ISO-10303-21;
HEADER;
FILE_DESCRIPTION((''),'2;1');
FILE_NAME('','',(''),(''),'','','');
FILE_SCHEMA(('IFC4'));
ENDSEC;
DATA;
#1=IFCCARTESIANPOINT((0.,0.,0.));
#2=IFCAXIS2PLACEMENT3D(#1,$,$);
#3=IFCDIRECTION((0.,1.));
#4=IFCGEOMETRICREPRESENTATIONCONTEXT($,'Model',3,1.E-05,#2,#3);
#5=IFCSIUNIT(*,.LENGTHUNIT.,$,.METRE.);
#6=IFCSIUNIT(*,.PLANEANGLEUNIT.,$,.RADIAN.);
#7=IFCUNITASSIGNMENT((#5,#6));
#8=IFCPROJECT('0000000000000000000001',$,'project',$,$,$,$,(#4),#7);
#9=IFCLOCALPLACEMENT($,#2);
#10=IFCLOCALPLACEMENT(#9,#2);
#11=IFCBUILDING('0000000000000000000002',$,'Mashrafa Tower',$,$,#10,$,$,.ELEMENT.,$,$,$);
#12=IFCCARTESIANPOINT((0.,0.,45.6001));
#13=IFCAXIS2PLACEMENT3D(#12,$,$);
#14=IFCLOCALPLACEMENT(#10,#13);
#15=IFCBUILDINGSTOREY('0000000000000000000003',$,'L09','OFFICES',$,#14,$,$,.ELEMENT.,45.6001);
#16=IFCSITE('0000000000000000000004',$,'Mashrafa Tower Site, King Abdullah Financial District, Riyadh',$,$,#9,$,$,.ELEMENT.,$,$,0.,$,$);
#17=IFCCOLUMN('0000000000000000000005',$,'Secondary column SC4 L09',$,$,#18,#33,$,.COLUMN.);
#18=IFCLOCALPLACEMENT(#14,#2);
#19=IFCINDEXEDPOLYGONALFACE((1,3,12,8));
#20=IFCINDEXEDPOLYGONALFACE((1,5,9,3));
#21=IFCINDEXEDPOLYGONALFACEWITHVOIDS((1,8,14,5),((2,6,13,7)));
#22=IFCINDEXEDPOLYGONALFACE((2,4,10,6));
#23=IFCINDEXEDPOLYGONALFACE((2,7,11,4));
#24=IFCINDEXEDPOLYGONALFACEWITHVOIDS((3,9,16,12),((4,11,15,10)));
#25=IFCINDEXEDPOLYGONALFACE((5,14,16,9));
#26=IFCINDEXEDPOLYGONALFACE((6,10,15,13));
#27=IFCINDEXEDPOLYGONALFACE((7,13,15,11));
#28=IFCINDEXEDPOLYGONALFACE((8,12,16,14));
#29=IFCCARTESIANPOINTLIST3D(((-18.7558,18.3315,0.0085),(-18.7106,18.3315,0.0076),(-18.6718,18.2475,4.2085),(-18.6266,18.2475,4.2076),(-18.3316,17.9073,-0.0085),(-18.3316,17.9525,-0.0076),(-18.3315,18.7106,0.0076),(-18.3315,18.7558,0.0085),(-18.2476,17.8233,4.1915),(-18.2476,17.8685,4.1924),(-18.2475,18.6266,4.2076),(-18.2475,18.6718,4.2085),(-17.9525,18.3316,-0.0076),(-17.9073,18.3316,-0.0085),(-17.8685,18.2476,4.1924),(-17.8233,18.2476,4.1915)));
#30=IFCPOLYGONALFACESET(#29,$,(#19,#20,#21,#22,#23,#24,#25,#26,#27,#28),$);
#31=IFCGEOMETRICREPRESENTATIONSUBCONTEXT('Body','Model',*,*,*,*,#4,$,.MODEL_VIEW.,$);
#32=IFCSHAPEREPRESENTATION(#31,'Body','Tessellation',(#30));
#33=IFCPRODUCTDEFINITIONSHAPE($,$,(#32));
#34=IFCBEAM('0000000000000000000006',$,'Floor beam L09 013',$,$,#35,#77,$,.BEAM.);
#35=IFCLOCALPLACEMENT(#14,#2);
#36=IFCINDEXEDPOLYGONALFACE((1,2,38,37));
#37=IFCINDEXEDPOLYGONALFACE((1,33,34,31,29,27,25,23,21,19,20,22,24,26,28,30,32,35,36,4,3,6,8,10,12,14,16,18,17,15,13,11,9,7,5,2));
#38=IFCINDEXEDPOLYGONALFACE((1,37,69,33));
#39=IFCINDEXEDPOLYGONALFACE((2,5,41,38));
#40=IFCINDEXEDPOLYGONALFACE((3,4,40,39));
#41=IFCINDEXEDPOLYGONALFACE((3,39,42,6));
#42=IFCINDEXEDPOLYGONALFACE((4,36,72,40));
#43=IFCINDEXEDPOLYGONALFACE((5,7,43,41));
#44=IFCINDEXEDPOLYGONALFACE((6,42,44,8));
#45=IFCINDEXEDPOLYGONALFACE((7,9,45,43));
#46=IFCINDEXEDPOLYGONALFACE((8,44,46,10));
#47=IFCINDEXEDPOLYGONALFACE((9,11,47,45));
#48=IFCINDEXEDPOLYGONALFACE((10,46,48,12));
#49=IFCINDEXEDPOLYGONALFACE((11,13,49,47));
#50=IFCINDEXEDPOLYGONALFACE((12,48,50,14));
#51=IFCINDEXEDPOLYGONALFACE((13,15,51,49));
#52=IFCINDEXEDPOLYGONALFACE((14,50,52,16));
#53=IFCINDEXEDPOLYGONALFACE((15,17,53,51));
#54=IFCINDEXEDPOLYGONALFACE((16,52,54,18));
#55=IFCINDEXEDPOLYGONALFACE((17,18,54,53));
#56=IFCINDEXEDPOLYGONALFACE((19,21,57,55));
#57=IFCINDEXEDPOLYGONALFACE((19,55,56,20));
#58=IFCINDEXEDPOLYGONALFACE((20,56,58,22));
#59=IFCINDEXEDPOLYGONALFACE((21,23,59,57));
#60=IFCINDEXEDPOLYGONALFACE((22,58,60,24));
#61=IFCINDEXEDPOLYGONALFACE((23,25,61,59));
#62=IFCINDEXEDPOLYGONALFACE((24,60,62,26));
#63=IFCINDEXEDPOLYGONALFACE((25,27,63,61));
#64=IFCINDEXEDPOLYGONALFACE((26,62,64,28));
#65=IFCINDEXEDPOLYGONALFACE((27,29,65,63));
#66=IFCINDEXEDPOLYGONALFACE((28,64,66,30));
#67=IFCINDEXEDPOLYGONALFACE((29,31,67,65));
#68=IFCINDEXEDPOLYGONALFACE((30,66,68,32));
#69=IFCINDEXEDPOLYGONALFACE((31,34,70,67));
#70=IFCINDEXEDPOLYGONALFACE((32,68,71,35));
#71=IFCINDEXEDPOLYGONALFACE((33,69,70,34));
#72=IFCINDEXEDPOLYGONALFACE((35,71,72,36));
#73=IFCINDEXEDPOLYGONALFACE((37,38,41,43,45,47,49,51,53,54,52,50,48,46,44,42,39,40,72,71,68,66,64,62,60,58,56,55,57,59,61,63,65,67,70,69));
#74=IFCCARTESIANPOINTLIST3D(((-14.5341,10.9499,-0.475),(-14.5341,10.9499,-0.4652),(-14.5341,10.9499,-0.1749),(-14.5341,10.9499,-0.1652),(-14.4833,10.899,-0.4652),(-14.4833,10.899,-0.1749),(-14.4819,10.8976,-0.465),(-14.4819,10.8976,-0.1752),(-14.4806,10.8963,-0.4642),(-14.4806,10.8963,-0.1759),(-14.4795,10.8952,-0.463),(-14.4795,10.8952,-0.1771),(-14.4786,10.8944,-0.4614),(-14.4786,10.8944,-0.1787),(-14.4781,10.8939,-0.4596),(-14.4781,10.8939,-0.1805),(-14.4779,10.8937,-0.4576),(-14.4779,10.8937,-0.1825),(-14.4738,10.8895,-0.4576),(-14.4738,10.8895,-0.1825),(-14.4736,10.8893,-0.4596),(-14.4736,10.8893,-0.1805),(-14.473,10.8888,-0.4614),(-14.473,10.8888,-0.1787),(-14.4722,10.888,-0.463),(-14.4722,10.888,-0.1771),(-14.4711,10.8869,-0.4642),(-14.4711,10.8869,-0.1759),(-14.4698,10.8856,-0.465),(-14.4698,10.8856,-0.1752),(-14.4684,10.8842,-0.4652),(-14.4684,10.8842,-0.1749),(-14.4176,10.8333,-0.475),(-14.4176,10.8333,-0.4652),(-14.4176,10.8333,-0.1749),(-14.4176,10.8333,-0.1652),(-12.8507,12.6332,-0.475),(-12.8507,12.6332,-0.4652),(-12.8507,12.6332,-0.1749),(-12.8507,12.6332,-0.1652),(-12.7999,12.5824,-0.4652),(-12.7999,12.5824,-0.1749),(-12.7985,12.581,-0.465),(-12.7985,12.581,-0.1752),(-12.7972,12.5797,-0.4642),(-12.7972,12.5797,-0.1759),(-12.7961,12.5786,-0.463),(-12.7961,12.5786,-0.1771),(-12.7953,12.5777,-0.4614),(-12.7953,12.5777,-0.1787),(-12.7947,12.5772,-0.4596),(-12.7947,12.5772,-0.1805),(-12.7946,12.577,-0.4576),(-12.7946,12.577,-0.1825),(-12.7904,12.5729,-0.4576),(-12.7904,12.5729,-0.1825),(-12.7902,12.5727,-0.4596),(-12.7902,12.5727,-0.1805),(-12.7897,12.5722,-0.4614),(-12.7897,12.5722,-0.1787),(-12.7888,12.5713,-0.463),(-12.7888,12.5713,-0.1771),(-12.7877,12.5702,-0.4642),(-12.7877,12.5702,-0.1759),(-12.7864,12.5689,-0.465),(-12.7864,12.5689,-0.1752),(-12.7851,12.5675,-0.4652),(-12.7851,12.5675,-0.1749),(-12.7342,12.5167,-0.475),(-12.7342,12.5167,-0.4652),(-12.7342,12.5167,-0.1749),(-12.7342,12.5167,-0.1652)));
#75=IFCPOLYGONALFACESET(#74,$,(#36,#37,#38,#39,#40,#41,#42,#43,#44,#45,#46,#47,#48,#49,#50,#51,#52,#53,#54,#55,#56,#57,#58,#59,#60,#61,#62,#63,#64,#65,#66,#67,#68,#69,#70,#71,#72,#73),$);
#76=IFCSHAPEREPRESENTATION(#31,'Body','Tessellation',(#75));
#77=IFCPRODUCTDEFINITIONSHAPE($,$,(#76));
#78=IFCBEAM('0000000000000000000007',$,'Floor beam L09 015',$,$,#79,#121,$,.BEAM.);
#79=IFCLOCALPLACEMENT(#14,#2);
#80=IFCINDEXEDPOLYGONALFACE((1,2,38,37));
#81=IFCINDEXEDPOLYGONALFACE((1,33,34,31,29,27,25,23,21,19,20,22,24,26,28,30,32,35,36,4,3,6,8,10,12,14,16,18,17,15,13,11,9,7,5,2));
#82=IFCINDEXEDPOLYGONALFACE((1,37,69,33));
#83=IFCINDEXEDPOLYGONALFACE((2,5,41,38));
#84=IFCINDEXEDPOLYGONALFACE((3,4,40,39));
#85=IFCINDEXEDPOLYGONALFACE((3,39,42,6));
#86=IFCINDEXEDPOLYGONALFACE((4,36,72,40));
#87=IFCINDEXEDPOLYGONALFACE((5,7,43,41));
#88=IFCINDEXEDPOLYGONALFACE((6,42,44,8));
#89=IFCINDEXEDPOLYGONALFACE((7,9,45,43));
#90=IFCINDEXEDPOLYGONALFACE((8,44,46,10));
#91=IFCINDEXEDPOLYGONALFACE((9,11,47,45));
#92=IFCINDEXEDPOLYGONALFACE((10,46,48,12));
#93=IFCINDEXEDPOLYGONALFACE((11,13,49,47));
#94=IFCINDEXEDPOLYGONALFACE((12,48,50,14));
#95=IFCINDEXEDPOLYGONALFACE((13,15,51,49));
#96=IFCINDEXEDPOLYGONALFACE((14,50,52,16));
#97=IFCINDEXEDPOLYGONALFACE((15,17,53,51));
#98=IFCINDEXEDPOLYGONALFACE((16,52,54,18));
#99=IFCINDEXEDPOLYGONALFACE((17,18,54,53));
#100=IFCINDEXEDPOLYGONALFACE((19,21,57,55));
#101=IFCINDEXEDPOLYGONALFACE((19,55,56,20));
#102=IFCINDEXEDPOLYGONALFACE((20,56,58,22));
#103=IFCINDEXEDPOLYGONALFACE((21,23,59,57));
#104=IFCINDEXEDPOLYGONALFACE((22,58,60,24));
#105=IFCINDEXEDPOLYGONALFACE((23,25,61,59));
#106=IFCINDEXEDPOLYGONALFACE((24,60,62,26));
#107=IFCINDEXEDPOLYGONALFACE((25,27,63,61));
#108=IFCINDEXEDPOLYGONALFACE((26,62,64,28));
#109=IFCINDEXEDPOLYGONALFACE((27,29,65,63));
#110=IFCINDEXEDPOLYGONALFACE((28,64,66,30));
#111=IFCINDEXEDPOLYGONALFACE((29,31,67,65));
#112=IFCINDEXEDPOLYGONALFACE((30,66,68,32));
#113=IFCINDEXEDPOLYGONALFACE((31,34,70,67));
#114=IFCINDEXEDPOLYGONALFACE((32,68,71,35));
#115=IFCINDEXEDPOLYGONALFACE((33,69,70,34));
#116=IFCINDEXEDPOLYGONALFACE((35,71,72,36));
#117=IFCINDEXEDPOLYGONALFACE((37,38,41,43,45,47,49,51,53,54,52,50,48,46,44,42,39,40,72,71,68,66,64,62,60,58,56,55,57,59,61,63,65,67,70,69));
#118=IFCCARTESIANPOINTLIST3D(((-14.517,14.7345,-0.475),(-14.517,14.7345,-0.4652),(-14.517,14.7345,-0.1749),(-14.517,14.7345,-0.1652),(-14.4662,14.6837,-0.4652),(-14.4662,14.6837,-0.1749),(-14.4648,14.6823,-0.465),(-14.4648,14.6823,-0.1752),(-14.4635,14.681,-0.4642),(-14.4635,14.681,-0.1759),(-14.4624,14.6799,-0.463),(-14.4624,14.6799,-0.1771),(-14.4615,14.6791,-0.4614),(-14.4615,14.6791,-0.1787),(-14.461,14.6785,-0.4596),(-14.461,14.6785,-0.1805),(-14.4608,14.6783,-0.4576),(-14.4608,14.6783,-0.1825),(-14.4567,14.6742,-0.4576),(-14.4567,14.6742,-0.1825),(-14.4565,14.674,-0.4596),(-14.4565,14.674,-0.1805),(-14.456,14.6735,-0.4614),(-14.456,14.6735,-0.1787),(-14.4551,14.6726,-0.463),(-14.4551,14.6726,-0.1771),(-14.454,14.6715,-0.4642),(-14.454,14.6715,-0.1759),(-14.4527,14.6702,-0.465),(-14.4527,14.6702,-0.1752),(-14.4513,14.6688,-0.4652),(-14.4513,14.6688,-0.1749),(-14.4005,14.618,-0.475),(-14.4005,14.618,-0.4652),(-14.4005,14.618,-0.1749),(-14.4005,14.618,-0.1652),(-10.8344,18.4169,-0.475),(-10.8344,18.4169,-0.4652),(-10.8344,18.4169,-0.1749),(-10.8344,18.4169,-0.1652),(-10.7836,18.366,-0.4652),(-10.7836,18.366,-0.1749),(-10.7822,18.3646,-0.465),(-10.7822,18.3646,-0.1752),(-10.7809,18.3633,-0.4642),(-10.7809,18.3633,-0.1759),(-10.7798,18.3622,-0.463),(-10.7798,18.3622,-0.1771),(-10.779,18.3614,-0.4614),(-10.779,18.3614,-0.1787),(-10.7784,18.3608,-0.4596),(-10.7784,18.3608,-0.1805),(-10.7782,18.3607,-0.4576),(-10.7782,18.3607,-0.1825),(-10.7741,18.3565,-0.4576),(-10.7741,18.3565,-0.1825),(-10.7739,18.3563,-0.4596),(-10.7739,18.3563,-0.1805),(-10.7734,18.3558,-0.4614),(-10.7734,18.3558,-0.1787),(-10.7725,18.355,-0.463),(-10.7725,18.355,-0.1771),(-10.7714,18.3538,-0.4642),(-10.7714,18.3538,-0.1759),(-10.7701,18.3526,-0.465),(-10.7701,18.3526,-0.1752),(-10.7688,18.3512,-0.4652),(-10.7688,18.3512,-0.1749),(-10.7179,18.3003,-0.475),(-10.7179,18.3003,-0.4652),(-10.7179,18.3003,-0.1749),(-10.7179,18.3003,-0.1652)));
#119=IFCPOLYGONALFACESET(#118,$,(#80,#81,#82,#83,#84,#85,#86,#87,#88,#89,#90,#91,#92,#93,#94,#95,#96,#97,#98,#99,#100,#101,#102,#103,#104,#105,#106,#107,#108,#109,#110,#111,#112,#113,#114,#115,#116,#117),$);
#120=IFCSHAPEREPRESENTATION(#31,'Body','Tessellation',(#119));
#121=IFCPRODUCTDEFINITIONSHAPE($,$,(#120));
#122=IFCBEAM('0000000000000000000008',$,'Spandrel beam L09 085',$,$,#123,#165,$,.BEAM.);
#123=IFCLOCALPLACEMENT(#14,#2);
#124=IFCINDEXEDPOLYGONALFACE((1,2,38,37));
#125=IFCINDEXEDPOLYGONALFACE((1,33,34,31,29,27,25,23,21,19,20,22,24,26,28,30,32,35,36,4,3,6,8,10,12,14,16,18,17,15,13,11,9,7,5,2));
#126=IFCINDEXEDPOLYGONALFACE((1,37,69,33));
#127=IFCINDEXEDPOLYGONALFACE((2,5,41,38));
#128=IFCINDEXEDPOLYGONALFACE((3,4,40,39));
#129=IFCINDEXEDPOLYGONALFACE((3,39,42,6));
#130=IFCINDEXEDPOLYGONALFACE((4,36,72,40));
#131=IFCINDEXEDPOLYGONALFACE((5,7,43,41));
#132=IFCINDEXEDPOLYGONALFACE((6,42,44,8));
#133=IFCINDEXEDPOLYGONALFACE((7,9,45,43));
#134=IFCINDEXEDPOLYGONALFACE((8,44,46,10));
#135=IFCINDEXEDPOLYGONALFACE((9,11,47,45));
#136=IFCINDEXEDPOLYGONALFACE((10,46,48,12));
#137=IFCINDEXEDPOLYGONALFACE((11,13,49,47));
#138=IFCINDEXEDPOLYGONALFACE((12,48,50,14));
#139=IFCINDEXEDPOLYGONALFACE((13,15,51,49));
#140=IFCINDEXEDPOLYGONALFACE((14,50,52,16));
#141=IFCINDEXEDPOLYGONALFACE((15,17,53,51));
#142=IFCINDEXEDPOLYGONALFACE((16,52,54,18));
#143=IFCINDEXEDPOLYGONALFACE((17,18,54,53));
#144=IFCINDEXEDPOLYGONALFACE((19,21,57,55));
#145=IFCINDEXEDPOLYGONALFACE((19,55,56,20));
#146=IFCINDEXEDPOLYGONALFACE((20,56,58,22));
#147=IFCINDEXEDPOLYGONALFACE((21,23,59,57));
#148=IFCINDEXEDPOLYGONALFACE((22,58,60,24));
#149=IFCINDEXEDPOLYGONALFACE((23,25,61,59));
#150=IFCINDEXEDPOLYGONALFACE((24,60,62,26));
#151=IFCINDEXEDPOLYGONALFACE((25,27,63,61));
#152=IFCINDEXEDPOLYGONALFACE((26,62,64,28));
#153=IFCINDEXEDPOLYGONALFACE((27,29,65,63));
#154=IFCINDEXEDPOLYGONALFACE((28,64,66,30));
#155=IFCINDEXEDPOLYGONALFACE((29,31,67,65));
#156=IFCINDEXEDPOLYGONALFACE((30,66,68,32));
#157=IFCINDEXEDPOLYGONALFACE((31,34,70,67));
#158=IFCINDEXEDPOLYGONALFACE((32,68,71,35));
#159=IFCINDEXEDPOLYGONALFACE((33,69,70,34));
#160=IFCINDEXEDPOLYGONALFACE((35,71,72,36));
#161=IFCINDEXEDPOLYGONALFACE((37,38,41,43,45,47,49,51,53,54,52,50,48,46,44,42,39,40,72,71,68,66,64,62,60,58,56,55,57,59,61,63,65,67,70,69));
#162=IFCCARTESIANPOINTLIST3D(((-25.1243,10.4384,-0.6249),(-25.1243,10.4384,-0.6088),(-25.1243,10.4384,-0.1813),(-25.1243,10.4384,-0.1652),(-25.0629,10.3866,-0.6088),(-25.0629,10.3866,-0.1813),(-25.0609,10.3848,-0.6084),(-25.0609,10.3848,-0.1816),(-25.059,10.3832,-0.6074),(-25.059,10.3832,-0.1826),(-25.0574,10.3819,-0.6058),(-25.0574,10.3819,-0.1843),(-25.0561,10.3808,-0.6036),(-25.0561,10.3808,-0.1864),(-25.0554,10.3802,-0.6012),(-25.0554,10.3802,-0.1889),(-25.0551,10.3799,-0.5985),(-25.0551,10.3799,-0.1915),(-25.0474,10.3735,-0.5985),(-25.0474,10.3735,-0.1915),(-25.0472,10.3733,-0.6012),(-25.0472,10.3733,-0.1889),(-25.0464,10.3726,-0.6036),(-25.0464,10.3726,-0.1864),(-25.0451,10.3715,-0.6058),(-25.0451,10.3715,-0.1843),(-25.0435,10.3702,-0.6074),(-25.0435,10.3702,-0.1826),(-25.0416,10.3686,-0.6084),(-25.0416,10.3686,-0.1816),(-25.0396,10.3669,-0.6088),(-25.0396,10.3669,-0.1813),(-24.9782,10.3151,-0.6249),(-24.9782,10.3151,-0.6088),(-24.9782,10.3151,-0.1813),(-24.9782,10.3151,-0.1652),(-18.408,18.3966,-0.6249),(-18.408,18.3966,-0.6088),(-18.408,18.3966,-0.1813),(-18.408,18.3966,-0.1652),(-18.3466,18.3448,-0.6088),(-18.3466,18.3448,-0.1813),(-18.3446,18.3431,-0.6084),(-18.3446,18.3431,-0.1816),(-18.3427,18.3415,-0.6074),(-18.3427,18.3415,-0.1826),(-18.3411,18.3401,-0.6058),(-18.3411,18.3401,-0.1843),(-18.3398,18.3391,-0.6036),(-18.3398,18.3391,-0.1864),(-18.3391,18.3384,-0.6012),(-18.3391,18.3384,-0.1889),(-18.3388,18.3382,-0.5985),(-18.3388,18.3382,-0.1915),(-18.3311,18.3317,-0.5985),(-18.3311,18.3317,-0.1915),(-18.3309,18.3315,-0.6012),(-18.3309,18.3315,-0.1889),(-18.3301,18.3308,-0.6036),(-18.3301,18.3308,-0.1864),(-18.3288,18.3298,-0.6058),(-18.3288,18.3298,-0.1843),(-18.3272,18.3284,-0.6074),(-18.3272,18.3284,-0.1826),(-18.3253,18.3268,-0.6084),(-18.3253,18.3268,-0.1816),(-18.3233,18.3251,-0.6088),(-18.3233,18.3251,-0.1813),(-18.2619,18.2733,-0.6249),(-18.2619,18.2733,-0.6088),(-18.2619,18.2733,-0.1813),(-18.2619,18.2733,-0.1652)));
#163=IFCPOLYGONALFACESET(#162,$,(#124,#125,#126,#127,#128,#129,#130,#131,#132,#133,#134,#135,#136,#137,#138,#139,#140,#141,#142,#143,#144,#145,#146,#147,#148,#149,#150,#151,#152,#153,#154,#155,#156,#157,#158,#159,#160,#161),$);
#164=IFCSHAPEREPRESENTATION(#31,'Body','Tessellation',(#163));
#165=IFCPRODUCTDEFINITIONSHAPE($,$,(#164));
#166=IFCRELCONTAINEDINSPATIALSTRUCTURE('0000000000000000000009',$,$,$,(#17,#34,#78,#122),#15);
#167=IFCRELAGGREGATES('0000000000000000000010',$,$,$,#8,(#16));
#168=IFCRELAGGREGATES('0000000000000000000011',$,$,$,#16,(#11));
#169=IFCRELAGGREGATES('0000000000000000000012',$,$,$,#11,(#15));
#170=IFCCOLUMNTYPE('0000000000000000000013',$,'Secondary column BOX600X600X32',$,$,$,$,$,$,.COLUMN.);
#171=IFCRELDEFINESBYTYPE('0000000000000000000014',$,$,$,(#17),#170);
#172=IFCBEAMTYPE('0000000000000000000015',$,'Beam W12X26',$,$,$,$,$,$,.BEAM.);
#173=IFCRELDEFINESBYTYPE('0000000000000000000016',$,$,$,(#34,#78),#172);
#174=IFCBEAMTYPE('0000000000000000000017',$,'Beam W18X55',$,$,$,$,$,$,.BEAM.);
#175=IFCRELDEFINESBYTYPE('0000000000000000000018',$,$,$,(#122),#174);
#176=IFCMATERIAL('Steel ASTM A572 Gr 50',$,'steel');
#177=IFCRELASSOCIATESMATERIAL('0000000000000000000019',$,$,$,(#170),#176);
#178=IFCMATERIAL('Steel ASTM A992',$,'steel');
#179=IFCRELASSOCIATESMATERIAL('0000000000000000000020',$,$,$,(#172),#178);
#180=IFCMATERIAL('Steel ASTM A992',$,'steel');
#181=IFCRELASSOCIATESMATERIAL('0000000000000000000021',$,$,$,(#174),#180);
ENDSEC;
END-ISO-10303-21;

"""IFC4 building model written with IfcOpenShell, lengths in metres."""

from ifc_helpers import new_model, si_unit, direction, frame, origin, origin_2d, place, context, subcontext, project, spatial, hollow_rectangle, i_section, extrude, material, material_profile, profile_set, type_object, element, save


model = new_model("IFC4")

# Units and contexts
model_context = context("Model", 3, precision=1e-05, world=origin(), true_north=direction((0.0, 1.0)))
body_context = subcontext(model_context, "Body", "Model", "MODEL_VIEW")
ifc_project = project(units=[si_unit("LENGTHUNIT", "METRE"), si_unit("PLANEANGLEUNIT", "RADIAN")], contexts=[model_context])

# Site, building, storey
site_placement = place(None, origin())
site = spatial("IfcSite", under=ifc_project, at=site_placement, Name="Mashrafa Tower Site, King Abdullah Financial District, Riyadh", CompositionType="ELEMENT", RefElevation=0.0)
building_placement = place(site_placement, origin())
building = spatial("IfcBuilding", under=site, at=building_placement, Name="Mashrafa Tower", CompositionType="ELEMENT")
storey_placement = place(building_placement, frame((0.0, 0.0, 45.6001)))
storey = spatial("IfcBuildingStorey", under=building, at=storey_placement, Name="L09", Description="OFFICES", CompositionType="ELEMENT", Elevation=45.6001)

# Column
ifc_material_1 = material(Name="Steel ASTM A572 Gr 50", Category="steel")
ifc_material_profile_1 = material_profile(ifc_material_1, hollow_rectangle(XDim=0.6001, YDim=0.6001, WallThickness=0.032, at=origin_2d()), Name="BOX600X600X32")
ifc_profile_set_1 = profile_set([ifc_material_profile_1], Name="Steel ASTM A572 Gr 50")
column_type = type_object("IfcColumnType", Name="Secondary column BOX600X600X32", PredefinedType="COLUMN", material=ifc_profile_set_1)
column_placement = place(storey_placement, frame((-18.3315, 18.3315, 0.0), z_axis=(0.019989, -0.019989, 0.9996), x_axis=(0.707107, 0.707107, 0.0)))
element("IfcColumn", 1, at=column_placement, inside=storey, type_object=column_type, Name="Secondary column SC4 L09", PredefinedType="COLUMN", context=body_context, shape_type="SweptSolid", body=[
    extrude(hollow_rectangle(XDim=0.6001, YDim=0.6001, WallThickness=0.032, at=origin_2d()), origin(), (0.0, 0.0, 1.0), 4.2017),
])

# Beams
ifc_material_2 = material(Name="Steel ASTM A992", Category="steel")
ifc_material_profile_2 = material_profile(ifc_material_2, i_section(OverallWidth=0.1648, OverallDepth=0.3098, WebThickness=0.0059, FlangeThickness=0.0098, FilletRadius=0.0076, at=origin_2d()), Name="W12X26")
ifc_profile_set_2 = profile_set([ifc_material_profile_2], Name="Steel ASTM A992")
beam_type_1 = type_object("IfcBeamType", Name="Beam W12X26", PredefinedType="BEAM", material=ifc_profile_set_2)
beam_1_placement = place(storey_placement, frame((-14.4758, 10.8916, -0.3201), z_axis=(0.707107, 0.707107, 0.0), x_axis=(-0.707107, 0.707107, 0.0)))
element("IfcBeam", 2, at=beam_1_placement, inside=storey, type_object=beam_type_1, Name="Floor beam L09 013", PredefinedType="BEAM", context=body_context, shape_type="SweptSolid", body=[
    extrude(i_section(OverallWidth=0.1648, OverallDepth=0.3098, WebThickness=0.0059, FlangeThickness=0.0098, FilletRadius=0.0076, at=origin_2d()), origin(), (0.0, 0.0, 1.0), 2.3806),
])
beam_2_placement = place(storey_placement, frame((-14.4587, 14.6763, -0.3201), z_axis=(0.70713, 0.707083, 0.0), x_axis=(-0.707083, 0.70713, 0.0)))
element("IfcBeam", 3, at=beam_2_placement, inside=storey, type_object=beam_type_1, Name="Floor beam L09 015", PredefinedType="BEAM", context=body_context, shape_type="SweptSolid", body=[
    extrude(i_section(OverallWidth=0.1648, OverallDepth=0.3098, WebThickness=0.0059, FlangeThickness=0.0098, FilletRadius=0.0076, at=origin_2d()), origin(), (0.0, 0.0, 1.0), 5.2078),
])
ifc_material_3 = material(Name="Steel ASTM A992", Category="steel")
ifc_material_profile_3 = material_profile(ifc_material_3, i_section(OverallWidth=0.1912, OverallDepth=0.4597, WebThickness=0.01, FlangeThickness=0.0161, FilletRadius=0.0103, at=origin_2d()), Name="W18X55")
ifc_profile_set_3 = profile_set([ifc_material_profile_3], Name="Steel ASTM A992")
beam_type_2 = type_object("IfcBeamType", Name="Beam W18X55", PredefinedType="BEAM", material=ifc_profile_set_3)
beam_3_placement = place(storey_placement, frame((-18.335, 18.335, -0.395), z_axis=(-0.644957, -0.764219, 0.0), x_axis=(0.764219, -0.644957, 0.0)))
element("IfcBeam", 4, at=beam_3_placement, inside=storey, type_object=beam_type_2, Name="Spandrel beam L09 085", PredefinedType="BEAM", context=body_context, shape_type="SweptSolid", body=[
    extrude(i_section(OverallWidth=0.1912, OverallDepth=0.4597, WebThickness=0.01, FlangeThickness=0.0161, FilletRadius=0.0103, at=origin_2d()), origin(), (0.0, 0.0, 1.0), 10.4136),
])

save(model, "model.ifc")
